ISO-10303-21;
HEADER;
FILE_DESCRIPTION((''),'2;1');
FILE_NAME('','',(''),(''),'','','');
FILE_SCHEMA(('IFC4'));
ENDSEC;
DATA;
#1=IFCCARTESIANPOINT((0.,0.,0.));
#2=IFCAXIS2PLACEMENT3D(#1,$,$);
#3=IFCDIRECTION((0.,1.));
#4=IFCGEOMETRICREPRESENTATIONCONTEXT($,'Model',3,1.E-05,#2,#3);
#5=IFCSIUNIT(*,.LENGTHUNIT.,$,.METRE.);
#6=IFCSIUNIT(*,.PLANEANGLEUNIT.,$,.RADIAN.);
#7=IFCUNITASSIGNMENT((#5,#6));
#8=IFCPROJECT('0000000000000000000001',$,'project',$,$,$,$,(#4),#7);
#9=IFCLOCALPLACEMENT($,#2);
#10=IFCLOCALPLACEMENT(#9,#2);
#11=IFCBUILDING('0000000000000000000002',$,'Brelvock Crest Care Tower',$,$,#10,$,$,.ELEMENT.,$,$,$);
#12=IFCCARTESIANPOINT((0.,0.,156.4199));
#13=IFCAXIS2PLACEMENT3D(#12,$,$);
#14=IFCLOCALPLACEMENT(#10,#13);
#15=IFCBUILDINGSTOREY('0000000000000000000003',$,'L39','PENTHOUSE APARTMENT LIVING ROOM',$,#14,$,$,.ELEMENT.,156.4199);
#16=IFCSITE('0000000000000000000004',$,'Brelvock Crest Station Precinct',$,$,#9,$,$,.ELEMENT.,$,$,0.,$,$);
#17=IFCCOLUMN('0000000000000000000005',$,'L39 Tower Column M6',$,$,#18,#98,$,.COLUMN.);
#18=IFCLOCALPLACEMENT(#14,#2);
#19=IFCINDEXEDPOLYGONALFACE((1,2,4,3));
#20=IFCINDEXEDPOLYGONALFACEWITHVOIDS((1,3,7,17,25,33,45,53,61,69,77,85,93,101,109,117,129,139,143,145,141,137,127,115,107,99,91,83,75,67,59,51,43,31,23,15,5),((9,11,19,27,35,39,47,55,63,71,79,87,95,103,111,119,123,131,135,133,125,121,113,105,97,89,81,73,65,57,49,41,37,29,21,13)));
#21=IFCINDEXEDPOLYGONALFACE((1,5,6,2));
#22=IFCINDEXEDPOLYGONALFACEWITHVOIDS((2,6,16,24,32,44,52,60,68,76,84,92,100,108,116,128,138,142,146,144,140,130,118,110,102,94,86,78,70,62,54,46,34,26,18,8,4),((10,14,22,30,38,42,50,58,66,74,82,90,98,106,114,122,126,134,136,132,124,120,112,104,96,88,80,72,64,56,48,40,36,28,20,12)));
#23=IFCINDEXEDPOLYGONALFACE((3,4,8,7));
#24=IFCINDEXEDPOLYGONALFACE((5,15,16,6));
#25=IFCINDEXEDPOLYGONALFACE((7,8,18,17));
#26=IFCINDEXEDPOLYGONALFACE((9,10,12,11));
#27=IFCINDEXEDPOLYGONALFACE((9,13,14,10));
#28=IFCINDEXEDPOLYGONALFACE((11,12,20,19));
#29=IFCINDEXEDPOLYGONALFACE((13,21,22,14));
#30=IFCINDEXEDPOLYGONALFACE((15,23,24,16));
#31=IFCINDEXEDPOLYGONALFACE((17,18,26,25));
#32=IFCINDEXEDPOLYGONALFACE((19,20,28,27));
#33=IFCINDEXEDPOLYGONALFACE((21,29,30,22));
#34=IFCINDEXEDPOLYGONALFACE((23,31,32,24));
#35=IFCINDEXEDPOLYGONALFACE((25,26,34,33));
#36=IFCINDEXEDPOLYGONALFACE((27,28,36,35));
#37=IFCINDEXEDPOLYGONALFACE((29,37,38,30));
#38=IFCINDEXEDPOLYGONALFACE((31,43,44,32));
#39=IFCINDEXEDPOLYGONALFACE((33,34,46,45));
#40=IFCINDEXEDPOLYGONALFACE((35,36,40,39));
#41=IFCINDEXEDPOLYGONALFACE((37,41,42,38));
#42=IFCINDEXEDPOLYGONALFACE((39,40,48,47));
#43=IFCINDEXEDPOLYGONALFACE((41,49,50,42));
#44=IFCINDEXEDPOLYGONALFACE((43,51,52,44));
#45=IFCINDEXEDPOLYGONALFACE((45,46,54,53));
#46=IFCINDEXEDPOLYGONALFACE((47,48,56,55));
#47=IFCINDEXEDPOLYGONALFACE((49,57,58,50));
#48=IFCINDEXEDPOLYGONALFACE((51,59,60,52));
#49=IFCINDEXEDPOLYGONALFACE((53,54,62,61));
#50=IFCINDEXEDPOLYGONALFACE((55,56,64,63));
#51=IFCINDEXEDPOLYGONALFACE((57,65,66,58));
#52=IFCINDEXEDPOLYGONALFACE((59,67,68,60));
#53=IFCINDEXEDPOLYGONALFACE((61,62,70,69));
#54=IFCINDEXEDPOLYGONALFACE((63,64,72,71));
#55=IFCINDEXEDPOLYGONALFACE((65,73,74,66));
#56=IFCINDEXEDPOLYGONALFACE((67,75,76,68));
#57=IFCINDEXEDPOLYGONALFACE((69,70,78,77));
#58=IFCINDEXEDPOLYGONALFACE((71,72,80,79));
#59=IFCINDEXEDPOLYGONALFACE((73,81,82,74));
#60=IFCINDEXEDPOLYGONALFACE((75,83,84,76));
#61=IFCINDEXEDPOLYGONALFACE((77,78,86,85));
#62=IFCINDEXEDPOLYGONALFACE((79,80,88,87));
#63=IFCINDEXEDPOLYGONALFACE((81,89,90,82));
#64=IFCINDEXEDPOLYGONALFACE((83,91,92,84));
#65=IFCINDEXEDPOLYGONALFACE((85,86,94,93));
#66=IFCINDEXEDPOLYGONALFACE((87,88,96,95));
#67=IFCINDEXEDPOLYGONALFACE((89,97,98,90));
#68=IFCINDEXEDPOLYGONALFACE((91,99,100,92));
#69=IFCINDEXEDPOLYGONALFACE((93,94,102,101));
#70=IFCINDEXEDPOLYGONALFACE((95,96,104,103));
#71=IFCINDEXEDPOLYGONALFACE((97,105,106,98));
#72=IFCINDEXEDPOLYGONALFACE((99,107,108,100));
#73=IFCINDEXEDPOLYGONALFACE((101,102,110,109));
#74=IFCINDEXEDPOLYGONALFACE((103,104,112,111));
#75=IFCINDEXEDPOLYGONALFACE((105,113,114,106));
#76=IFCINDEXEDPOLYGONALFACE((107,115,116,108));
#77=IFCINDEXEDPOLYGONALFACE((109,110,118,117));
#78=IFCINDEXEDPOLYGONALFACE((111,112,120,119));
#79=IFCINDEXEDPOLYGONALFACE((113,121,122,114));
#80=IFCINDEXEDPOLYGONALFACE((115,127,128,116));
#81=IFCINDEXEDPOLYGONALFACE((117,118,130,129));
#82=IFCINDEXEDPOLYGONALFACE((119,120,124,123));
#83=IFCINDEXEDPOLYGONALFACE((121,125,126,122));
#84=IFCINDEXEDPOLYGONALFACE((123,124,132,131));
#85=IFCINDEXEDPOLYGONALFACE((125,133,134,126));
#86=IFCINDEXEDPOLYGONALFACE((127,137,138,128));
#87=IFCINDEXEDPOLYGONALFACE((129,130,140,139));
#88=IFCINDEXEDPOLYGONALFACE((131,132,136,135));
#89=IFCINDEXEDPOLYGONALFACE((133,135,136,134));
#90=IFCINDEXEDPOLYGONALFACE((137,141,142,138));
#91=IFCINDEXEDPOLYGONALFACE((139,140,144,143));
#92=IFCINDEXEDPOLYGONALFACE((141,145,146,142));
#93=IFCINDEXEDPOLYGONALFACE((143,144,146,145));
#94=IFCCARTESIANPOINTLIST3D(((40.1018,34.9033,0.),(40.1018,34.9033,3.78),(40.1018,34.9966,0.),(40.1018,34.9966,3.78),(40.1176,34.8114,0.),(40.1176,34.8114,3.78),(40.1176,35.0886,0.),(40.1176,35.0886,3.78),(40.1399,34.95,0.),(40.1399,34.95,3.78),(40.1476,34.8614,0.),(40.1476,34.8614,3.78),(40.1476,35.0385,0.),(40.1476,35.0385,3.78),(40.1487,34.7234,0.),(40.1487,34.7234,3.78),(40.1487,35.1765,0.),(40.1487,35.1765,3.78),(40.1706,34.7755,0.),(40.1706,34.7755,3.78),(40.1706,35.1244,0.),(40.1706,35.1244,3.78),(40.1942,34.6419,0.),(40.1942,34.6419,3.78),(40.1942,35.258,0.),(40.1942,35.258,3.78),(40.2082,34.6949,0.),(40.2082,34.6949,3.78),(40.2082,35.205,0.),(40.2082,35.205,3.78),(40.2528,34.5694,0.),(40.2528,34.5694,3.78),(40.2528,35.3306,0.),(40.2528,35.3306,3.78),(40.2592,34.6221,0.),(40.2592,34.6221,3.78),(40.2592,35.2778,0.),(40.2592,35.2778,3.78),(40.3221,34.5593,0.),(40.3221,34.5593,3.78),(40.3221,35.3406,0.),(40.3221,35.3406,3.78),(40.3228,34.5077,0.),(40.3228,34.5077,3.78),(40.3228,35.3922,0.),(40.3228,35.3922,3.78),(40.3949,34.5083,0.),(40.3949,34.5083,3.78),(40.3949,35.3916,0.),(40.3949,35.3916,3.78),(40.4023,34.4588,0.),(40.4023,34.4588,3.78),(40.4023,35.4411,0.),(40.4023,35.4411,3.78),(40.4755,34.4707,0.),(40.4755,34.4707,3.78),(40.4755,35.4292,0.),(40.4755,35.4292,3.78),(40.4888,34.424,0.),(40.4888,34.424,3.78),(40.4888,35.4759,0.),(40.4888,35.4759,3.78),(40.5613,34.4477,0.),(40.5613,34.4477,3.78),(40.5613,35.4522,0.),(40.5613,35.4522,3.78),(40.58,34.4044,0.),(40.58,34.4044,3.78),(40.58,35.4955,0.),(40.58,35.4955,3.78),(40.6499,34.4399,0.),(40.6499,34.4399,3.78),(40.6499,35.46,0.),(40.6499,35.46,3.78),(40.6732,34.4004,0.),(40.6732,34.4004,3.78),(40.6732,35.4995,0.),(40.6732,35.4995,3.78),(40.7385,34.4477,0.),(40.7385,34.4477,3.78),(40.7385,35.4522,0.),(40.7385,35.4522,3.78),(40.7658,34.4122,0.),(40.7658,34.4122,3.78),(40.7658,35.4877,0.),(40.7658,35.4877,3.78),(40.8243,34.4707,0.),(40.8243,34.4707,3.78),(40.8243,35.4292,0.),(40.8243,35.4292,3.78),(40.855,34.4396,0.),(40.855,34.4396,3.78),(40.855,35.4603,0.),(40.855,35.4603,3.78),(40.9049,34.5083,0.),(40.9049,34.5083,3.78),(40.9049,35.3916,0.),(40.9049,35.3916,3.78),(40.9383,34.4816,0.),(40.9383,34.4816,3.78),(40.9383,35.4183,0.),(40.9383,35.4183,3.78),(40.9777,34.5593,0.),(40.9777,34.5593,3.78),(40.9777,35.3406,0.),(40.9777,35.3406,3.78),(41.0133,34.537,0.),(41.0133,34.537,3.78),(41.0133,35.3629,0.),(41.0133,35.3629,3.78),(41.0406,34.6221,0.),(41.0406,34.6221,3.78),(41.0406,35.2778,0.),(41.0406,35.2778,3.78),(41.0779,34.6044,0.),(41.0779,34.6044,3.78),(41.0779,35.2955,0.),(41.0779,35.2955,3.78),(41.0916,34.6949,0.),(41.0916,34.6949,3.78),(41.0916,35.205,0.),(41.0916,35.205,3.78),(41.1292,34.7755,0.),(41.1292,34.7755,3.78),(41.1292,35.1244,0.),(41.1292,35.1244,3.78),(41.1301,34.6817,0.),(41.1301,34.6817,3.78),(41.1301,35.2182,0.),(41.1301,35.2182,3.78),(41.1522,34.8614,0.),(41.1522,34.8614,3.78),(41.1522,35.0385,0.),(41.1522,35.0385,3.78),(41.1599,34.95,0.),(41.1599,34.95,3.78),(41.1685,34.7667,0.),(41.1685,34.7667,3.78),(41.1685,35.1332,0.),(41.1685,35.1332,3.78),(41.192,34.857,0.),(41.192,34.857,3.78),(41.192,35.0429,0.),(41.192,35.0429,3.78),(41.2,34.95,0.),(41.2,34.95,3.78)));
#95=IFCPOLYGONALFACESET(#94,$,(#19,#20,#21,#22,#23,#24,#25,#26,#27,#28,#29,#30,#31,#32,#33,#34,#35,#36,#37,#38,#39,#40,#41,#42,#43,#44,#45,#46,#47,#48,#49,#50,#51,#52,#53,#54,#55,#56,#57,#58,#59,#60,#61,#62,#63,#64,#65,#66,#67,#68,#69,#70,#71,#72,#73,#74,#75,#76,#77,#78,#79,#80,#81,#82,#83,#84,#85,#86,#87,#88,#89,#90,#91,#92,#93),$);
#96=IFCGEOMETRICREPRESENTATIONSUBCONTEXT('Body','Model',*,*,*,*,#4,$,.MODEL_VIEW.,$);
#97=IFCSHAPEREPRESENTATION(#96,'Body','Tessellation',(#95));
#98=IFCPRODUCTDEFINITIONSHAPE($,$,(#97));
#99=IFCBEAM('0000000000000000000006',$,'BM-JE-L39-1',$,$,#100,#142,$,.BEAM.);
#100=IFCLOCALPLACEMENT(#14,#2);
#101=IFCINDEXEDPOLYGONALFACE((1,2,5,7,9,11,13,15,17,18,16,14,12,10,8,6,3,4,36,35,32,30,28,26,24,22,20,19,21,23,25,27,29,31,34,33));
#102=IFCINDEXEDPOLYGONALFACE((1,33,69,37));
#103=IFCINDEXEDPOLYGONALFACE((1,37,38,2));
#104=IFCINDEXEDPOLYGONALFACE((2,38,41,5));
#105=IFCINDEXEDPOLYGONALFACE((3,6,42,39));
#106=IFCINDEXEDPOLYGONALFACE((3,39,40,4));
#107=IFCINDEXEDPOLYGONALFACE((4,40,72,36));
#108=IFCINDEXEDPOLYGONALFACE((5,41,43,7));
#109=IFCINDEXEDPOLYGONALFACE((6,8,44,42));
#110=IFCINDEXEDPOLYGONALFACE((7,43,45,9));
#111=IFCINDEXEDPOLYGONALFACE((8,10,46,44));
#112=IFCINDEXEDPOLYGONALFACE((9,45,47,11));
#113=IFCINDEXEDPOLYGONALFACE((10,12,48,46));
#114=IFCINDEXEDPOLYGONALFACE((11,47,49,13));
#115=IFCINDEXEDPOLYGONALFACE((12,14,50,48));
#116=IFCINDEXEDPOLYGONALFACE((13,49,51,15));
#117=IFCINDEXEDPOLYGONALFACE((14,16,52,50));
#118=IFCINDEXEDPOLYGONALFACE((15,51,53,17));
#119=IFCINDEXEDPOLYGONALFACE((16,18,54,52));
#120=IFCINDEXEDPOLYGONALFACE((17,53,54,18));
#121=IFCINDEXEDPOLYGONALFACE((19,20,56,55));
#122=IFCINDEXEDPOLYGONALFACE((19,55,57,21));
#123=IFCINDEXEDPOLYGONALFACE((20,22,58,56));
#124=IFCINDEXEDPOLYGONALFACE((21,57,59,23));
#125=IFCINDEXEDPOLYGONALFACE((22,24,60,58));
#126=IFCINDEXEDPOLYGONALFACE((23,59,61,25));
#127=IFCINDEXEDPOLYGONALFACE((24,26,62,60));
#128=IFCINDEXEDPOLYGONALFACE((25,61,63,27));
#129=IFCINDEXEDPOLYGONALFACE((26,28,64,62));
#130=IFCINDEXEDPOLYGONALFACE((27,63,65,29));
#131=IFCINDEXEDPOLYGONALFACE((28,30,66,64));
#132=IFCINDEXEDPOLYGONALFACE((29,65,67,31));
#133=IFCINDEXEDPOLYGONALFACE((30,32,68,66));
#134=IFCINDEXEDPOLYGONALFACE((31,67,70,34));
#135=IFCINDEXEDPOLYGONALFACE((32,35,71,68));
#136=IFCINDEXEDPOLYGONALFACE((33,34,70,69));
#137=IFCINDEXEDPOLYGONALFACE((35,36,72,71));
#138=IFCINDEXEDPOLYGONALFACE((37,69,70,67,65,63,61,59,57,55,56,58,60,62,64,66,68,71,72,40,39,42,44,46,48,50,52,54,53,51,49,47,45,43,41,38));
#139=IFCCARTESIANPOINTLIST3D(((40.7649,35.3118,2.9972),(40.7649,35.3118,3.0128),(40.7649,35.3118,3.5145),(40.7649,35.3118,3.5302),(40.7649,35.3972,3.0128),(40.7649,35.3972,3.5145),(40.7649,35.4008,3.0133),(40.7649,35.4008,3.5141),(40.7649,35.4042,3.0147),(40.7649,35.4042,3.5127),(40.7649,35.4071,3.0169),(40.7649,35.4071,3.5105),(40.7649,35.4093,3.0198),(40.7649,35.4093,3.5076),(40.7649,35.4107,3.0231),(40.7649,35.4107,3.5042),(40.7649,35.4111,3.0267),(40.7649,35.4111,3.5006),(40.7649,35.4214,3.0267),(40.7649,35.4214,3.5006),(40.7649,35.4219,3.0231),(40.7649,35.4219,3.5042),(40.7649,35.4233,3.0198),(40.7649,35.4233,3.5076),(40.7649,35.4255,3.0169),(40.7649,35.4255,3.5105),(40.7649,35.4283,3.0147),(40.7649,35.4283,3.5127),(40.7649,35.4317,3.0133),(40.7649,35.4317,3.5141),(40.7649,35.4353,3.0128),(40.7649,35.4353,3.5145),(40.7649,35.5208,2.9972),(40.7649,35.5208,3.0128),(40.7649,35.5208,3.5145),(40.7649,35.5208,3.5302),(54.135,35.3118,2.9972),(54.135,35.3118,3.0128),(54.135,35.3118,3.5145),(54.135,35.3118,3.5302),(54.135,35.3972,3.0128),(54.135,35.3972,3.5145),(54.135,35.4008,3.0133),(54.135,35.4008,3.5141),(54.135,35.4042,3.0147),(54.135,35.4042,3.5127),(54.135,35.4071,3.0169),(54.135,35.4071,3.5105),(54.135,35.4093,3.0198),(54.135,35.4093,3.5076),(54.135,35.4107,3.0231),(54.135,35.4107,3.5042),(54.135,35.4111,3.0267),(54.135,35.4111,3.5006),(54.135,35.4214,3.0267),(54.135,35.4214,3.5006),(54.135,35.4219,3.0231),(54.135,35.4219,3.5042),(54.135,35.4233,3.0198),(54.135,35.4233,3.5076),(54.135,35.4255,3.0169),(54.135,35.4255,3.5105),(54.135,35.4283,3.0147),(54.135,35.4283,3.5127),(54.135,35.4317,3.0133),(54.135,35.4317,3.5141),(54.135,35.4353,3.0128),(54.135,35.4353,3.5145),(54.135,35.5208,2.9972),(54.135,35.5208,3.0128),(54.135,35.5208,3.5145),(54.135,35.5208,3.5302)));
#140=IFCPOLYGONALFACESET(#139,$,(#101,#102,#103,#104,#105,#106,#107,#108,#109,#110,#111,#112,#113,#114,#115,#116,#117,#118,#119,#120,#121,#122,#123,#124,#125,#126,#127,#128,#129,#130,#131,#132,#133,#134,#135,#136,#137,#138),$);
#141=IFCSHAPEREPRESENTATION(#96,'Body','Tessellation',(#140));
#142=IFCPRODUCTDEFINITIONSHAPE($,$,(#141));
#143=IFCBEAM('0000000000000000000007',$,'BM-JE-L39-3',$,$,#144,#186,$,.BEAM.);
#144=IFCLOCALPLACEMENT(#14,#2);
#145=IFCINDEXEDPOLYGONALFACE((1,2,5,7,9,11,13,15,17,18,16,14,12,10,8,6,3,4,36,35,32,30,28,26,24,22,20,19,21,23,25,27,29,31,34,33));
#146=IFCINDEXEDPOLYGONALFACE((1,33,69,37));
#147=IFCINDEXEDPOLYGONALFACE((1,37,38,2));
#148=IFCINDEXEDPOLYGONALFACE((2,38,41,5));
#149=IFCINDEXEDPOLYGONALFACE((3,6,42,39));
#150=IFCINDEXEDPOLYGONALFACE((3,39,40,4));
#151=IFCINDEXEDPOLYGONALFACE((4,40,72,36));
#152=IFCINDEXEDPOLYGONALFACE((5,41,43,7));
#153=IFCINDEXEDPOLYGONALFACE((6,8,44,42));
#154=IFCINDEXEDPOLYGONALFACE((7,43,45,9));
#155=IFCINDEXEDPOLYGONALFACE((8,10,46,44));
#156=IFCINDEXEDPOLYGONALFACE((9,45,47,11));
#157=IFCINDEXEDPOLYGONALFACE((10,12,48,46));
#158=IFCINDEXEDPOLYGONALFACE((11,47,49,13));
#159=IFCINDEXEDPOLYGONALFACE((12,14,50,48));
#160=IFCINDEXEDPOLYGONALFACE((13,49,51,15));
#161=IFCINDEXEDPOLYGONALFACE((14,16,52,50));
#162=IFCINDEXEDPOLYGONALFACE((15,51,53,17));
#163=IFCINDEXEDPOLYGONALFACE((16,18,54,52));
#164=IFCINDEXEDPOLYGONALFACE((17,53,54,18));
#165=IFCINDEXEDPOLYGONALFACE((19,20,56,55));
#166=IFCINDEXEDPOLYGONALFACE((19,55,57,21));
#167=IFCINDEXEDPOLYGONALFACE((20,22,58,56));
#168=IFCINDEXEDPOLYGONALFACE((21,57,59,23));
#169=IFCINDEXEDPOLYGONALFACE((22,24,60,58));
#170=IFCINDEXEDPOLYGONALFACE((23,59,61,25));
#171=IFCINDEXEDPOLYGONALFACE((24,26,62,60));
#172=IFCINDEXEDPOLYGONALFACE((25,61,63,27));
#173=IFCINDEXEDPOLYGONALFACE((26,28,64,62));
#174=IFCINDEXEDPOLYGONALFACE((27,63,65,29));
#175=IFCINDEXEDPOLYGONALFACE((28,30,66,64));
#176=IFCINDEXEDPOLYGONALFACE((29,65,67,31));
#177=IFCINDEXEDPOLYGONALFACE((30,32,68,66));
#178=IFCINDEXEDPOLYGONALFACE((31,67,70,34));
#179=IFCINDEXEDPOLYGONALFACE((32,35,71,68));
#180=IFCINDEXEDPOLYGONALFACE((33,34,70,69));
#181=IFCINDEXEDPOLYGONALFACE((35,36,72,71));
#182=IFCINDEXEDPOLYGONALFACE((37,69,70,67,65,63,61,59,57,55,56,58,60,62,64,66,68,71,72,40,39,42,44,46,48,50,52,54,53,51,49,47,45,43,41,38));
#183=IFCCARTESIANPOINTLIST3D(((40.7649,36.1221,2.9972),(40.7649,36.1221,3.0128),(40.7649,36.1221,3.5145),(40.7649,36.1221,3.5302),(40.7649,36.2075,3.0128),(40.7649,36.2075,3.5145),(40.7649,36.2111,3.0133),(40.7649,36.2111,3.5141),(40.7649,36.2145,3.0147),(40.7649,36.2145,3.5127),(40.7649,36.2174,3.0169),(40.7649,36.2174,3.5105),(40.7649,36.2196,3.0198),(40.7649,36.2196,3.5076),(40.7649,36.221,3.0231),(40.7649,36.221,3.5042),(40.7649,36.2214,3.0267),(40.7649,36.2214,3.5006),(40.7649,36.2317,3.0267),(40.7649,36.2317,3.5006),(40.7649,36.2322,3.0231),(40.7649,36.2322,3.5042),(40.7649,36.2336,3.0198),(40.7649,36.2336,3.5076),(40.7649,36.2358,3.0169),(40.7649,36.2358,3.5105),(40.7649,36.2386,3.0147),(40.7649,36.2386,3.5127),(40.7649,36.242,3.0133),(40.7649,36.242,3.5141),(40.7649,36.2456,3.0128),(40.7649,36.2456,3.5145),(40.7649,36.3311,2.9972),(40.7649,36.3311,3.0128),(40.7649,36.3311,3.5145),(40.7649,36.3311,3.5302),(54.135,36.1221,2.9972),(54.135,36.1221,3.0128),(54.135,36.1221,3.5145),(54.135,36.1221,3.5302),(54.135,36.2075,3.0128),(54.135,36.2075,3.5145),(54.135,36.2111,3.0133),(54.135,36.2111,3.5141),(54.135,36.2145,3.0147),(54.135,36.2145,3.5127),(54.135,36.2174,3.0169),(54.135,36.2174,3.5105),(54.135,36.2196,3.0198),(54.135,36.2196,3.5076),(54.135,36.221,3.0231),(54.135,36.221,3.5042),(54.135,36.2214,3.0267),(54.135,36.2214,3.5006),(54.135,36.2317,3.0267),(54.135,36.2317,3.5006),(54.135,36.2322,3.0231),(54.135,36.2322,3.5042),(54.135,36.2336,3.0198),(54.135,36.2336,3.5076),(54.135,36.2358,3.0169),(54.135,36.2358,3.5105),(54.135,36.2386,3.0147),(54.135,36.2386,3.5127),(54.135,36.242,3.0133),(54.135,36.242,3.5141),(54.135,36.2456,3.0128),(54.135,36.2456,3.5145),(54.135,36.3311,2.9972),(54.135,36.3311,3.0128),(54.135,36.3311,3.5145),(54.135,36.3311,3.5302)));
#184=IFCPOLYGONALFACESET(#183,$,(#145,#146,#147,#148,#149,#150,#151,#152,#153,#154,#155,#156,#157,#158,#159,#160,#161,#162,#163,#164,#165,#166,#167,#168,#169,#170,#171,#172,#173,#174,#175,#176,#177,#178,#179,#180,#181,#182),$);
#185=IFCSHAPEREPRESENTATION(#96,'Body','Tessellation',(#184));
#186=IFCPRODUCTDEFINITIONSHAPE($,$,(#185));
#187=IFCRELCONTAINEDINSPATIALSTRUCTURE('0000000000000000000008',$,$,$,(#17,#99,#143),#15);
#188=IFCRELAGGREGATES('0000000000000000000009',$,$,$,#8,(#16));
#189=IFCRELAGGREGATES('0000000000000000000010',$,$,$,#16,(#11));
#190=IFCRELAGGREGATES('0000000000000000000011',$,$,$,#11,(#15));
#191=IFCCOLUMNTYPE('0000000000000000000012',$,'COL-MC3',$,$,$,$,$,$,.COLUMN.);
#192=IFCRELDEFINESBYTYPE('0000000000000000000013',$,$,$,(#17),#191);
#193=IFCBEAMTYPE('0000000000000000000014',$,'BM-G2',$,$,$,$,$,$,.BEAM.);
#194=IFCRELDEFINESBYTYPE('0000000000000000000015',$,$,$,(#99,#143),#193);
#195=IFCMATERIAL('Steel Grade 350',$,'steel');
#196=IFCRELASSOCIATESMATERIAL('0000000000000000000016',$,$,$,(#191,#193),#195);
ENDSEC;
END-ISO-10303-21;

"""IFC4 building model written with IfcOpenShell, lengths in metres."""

from ifc_helpers import new_model, si_unit, direction, frame, origin, origin_2d, place, context, subcontext, project, spatial, hollow_circle, i_section, extrude, source, transform, mapped, material, material_profile, profile_set, type_object, element, save


model = new_model("IFC4")

# Units and contexts
model_context = context("Model", 3, precision=1e-05, world=origin(), true_north=direction((0.0, 1.0)))
body_context = subcontext(model_context, "Body", "Model", "MODEL_VIEW")
ifc_project = project(units=[si_unit("LENGTHUNIT", "METRE"), si_unit("PLANEANGLEUNIT", "RADIAN")], contexts=[model_context])

# Site, building, storey
site_placement = place(None, origin())
site = spatial("IfcSite", under=ifc_project, at=site_placement, Name="Brelvock Crest Station Precinct", CompositionType="ELEMENT", RefElevation=0.0)
building_placement = place(site_placement, origin())
building = spatial("IfcBuilding", under=site, at=building_placement, Name="Brelvock Crest Care Tower", CompositionType="ELEMENT")
storey_placement = place(building_placement, frame((0.0, 0.0, 156.4199)))
storey = spatial("IfcBuildingStorey", under=building, at=storey_placement, Name="L39", Description="PENTHOUSE APARTMENT LIVING ROOM", CompositionType="ELEMENT", Elevation=156.4199)

# Column
ifc_material_1 = material(Name="Steel Grade 350", Category="steel")
ifc_material_profile_1 = material_profile(ifc_material_1, hollow_circle(Radius=0.55, WallThickness=0.04, at=origin_2d()), Name="CFT1100x40")
ifc_profile_set_1 = profile_set([ifc_material_profile_1], Name="Steel Grade 350")
column_type = type_object("IfcColumnType", Name="COL-MC3", PredefinedType="COLUMN", material=ifc_profile_set_1)
shared_shape_1 = source(origin(), body_context, "Body", "SweptSolid", [
    extrude(hollow_circle(Radius=0.55, WallThickness=0.04, at=origin_2d()), origin(), (0.0, 0.0, 1.0), 3.78),
])
column_placement = place(storey_placement, frame((40.6499, 34.95, 0.0), z_axis=(0.0, 0.0, 1.0), x_axis=(1.0, 0.0, 0.0)))
element("IfcColumn", 1, at=column_placement, inside=storey, type_object=column_type, Name="L39 Tower Column M6", PredefinedType="COLUMN", context=body_context, shape_type="MappedRepresentation", body=[
    mapped(shared_shape_1, transform((0.0, 0.0, 0.0), x_axis=(1.0, 0.0, 0.0), y_axis=(0.0, 1.0, 0.0), z_axis=(0.0, 0.0, 1.0), scale=1.0)),
])

# Beams
ifc_material_profile_2 = material_profile(ifc_material_1, i_section(OverallWidth=0.209, OverallDepth=0.533, WebThickness=0.0103, FlangeThickness=0.0156, FilletRadius=0.0139, at=origin_2d()), Name="530UB92.4")
ifc_profile_set_2 = profile_set([ifc_material_profile_2], Name="Steel Grade 350")
beam_type_1 = type_object("IfcBeamType", Name="BM-G2", PredefinedType="BEAM", material=ifc_profile_set_2)
shared_shape_2 = source(origin(), body_context, "Body", "SweptSolid", [
    extrude(i_section(OverallWidth=0.209, OverallDepth=0.533, WebThickness=0.0103, FlangeThickness=0.0156, FilletRadius=0.0139, at=origin_2d()), origin(), (0.0, 0.0, 1.0), 13.3701),
])
for number, where, z_axis, x_axis, name in (
    (2, (40.7649, 35.4163, 3.2637), (1.0, 0.0, 0.0), (0.0, 1.0, 0.0), "BM-JE-L39-1"),
    (3, (40.7649, 36.2266, 3.2637), (1.0, 0.0, 0.0), (0.0, 1.0, 0.0), "BM-JE-L39-3"),
):
    element("IfcBeam", number, at=place(storey_placement, frame(where, z_axis=z_axis, x_axis=x_axis)), inside=storey, type_object=beam_type_1, Name=name, PredefinedType="BEAM", context=body_context, shape_type="MappedRepresentation", body=[
        mapped(shared_shape_2, transform((0.0, 0.0, 0.0), x_axis=(1.0, 0.0, 0.0), y_axis=(0.0, 1.0, 0.0), z_axis=(0.0, 0.0, 1.0), scale=1.0)),
    ])

save(model, "model.ifc")
